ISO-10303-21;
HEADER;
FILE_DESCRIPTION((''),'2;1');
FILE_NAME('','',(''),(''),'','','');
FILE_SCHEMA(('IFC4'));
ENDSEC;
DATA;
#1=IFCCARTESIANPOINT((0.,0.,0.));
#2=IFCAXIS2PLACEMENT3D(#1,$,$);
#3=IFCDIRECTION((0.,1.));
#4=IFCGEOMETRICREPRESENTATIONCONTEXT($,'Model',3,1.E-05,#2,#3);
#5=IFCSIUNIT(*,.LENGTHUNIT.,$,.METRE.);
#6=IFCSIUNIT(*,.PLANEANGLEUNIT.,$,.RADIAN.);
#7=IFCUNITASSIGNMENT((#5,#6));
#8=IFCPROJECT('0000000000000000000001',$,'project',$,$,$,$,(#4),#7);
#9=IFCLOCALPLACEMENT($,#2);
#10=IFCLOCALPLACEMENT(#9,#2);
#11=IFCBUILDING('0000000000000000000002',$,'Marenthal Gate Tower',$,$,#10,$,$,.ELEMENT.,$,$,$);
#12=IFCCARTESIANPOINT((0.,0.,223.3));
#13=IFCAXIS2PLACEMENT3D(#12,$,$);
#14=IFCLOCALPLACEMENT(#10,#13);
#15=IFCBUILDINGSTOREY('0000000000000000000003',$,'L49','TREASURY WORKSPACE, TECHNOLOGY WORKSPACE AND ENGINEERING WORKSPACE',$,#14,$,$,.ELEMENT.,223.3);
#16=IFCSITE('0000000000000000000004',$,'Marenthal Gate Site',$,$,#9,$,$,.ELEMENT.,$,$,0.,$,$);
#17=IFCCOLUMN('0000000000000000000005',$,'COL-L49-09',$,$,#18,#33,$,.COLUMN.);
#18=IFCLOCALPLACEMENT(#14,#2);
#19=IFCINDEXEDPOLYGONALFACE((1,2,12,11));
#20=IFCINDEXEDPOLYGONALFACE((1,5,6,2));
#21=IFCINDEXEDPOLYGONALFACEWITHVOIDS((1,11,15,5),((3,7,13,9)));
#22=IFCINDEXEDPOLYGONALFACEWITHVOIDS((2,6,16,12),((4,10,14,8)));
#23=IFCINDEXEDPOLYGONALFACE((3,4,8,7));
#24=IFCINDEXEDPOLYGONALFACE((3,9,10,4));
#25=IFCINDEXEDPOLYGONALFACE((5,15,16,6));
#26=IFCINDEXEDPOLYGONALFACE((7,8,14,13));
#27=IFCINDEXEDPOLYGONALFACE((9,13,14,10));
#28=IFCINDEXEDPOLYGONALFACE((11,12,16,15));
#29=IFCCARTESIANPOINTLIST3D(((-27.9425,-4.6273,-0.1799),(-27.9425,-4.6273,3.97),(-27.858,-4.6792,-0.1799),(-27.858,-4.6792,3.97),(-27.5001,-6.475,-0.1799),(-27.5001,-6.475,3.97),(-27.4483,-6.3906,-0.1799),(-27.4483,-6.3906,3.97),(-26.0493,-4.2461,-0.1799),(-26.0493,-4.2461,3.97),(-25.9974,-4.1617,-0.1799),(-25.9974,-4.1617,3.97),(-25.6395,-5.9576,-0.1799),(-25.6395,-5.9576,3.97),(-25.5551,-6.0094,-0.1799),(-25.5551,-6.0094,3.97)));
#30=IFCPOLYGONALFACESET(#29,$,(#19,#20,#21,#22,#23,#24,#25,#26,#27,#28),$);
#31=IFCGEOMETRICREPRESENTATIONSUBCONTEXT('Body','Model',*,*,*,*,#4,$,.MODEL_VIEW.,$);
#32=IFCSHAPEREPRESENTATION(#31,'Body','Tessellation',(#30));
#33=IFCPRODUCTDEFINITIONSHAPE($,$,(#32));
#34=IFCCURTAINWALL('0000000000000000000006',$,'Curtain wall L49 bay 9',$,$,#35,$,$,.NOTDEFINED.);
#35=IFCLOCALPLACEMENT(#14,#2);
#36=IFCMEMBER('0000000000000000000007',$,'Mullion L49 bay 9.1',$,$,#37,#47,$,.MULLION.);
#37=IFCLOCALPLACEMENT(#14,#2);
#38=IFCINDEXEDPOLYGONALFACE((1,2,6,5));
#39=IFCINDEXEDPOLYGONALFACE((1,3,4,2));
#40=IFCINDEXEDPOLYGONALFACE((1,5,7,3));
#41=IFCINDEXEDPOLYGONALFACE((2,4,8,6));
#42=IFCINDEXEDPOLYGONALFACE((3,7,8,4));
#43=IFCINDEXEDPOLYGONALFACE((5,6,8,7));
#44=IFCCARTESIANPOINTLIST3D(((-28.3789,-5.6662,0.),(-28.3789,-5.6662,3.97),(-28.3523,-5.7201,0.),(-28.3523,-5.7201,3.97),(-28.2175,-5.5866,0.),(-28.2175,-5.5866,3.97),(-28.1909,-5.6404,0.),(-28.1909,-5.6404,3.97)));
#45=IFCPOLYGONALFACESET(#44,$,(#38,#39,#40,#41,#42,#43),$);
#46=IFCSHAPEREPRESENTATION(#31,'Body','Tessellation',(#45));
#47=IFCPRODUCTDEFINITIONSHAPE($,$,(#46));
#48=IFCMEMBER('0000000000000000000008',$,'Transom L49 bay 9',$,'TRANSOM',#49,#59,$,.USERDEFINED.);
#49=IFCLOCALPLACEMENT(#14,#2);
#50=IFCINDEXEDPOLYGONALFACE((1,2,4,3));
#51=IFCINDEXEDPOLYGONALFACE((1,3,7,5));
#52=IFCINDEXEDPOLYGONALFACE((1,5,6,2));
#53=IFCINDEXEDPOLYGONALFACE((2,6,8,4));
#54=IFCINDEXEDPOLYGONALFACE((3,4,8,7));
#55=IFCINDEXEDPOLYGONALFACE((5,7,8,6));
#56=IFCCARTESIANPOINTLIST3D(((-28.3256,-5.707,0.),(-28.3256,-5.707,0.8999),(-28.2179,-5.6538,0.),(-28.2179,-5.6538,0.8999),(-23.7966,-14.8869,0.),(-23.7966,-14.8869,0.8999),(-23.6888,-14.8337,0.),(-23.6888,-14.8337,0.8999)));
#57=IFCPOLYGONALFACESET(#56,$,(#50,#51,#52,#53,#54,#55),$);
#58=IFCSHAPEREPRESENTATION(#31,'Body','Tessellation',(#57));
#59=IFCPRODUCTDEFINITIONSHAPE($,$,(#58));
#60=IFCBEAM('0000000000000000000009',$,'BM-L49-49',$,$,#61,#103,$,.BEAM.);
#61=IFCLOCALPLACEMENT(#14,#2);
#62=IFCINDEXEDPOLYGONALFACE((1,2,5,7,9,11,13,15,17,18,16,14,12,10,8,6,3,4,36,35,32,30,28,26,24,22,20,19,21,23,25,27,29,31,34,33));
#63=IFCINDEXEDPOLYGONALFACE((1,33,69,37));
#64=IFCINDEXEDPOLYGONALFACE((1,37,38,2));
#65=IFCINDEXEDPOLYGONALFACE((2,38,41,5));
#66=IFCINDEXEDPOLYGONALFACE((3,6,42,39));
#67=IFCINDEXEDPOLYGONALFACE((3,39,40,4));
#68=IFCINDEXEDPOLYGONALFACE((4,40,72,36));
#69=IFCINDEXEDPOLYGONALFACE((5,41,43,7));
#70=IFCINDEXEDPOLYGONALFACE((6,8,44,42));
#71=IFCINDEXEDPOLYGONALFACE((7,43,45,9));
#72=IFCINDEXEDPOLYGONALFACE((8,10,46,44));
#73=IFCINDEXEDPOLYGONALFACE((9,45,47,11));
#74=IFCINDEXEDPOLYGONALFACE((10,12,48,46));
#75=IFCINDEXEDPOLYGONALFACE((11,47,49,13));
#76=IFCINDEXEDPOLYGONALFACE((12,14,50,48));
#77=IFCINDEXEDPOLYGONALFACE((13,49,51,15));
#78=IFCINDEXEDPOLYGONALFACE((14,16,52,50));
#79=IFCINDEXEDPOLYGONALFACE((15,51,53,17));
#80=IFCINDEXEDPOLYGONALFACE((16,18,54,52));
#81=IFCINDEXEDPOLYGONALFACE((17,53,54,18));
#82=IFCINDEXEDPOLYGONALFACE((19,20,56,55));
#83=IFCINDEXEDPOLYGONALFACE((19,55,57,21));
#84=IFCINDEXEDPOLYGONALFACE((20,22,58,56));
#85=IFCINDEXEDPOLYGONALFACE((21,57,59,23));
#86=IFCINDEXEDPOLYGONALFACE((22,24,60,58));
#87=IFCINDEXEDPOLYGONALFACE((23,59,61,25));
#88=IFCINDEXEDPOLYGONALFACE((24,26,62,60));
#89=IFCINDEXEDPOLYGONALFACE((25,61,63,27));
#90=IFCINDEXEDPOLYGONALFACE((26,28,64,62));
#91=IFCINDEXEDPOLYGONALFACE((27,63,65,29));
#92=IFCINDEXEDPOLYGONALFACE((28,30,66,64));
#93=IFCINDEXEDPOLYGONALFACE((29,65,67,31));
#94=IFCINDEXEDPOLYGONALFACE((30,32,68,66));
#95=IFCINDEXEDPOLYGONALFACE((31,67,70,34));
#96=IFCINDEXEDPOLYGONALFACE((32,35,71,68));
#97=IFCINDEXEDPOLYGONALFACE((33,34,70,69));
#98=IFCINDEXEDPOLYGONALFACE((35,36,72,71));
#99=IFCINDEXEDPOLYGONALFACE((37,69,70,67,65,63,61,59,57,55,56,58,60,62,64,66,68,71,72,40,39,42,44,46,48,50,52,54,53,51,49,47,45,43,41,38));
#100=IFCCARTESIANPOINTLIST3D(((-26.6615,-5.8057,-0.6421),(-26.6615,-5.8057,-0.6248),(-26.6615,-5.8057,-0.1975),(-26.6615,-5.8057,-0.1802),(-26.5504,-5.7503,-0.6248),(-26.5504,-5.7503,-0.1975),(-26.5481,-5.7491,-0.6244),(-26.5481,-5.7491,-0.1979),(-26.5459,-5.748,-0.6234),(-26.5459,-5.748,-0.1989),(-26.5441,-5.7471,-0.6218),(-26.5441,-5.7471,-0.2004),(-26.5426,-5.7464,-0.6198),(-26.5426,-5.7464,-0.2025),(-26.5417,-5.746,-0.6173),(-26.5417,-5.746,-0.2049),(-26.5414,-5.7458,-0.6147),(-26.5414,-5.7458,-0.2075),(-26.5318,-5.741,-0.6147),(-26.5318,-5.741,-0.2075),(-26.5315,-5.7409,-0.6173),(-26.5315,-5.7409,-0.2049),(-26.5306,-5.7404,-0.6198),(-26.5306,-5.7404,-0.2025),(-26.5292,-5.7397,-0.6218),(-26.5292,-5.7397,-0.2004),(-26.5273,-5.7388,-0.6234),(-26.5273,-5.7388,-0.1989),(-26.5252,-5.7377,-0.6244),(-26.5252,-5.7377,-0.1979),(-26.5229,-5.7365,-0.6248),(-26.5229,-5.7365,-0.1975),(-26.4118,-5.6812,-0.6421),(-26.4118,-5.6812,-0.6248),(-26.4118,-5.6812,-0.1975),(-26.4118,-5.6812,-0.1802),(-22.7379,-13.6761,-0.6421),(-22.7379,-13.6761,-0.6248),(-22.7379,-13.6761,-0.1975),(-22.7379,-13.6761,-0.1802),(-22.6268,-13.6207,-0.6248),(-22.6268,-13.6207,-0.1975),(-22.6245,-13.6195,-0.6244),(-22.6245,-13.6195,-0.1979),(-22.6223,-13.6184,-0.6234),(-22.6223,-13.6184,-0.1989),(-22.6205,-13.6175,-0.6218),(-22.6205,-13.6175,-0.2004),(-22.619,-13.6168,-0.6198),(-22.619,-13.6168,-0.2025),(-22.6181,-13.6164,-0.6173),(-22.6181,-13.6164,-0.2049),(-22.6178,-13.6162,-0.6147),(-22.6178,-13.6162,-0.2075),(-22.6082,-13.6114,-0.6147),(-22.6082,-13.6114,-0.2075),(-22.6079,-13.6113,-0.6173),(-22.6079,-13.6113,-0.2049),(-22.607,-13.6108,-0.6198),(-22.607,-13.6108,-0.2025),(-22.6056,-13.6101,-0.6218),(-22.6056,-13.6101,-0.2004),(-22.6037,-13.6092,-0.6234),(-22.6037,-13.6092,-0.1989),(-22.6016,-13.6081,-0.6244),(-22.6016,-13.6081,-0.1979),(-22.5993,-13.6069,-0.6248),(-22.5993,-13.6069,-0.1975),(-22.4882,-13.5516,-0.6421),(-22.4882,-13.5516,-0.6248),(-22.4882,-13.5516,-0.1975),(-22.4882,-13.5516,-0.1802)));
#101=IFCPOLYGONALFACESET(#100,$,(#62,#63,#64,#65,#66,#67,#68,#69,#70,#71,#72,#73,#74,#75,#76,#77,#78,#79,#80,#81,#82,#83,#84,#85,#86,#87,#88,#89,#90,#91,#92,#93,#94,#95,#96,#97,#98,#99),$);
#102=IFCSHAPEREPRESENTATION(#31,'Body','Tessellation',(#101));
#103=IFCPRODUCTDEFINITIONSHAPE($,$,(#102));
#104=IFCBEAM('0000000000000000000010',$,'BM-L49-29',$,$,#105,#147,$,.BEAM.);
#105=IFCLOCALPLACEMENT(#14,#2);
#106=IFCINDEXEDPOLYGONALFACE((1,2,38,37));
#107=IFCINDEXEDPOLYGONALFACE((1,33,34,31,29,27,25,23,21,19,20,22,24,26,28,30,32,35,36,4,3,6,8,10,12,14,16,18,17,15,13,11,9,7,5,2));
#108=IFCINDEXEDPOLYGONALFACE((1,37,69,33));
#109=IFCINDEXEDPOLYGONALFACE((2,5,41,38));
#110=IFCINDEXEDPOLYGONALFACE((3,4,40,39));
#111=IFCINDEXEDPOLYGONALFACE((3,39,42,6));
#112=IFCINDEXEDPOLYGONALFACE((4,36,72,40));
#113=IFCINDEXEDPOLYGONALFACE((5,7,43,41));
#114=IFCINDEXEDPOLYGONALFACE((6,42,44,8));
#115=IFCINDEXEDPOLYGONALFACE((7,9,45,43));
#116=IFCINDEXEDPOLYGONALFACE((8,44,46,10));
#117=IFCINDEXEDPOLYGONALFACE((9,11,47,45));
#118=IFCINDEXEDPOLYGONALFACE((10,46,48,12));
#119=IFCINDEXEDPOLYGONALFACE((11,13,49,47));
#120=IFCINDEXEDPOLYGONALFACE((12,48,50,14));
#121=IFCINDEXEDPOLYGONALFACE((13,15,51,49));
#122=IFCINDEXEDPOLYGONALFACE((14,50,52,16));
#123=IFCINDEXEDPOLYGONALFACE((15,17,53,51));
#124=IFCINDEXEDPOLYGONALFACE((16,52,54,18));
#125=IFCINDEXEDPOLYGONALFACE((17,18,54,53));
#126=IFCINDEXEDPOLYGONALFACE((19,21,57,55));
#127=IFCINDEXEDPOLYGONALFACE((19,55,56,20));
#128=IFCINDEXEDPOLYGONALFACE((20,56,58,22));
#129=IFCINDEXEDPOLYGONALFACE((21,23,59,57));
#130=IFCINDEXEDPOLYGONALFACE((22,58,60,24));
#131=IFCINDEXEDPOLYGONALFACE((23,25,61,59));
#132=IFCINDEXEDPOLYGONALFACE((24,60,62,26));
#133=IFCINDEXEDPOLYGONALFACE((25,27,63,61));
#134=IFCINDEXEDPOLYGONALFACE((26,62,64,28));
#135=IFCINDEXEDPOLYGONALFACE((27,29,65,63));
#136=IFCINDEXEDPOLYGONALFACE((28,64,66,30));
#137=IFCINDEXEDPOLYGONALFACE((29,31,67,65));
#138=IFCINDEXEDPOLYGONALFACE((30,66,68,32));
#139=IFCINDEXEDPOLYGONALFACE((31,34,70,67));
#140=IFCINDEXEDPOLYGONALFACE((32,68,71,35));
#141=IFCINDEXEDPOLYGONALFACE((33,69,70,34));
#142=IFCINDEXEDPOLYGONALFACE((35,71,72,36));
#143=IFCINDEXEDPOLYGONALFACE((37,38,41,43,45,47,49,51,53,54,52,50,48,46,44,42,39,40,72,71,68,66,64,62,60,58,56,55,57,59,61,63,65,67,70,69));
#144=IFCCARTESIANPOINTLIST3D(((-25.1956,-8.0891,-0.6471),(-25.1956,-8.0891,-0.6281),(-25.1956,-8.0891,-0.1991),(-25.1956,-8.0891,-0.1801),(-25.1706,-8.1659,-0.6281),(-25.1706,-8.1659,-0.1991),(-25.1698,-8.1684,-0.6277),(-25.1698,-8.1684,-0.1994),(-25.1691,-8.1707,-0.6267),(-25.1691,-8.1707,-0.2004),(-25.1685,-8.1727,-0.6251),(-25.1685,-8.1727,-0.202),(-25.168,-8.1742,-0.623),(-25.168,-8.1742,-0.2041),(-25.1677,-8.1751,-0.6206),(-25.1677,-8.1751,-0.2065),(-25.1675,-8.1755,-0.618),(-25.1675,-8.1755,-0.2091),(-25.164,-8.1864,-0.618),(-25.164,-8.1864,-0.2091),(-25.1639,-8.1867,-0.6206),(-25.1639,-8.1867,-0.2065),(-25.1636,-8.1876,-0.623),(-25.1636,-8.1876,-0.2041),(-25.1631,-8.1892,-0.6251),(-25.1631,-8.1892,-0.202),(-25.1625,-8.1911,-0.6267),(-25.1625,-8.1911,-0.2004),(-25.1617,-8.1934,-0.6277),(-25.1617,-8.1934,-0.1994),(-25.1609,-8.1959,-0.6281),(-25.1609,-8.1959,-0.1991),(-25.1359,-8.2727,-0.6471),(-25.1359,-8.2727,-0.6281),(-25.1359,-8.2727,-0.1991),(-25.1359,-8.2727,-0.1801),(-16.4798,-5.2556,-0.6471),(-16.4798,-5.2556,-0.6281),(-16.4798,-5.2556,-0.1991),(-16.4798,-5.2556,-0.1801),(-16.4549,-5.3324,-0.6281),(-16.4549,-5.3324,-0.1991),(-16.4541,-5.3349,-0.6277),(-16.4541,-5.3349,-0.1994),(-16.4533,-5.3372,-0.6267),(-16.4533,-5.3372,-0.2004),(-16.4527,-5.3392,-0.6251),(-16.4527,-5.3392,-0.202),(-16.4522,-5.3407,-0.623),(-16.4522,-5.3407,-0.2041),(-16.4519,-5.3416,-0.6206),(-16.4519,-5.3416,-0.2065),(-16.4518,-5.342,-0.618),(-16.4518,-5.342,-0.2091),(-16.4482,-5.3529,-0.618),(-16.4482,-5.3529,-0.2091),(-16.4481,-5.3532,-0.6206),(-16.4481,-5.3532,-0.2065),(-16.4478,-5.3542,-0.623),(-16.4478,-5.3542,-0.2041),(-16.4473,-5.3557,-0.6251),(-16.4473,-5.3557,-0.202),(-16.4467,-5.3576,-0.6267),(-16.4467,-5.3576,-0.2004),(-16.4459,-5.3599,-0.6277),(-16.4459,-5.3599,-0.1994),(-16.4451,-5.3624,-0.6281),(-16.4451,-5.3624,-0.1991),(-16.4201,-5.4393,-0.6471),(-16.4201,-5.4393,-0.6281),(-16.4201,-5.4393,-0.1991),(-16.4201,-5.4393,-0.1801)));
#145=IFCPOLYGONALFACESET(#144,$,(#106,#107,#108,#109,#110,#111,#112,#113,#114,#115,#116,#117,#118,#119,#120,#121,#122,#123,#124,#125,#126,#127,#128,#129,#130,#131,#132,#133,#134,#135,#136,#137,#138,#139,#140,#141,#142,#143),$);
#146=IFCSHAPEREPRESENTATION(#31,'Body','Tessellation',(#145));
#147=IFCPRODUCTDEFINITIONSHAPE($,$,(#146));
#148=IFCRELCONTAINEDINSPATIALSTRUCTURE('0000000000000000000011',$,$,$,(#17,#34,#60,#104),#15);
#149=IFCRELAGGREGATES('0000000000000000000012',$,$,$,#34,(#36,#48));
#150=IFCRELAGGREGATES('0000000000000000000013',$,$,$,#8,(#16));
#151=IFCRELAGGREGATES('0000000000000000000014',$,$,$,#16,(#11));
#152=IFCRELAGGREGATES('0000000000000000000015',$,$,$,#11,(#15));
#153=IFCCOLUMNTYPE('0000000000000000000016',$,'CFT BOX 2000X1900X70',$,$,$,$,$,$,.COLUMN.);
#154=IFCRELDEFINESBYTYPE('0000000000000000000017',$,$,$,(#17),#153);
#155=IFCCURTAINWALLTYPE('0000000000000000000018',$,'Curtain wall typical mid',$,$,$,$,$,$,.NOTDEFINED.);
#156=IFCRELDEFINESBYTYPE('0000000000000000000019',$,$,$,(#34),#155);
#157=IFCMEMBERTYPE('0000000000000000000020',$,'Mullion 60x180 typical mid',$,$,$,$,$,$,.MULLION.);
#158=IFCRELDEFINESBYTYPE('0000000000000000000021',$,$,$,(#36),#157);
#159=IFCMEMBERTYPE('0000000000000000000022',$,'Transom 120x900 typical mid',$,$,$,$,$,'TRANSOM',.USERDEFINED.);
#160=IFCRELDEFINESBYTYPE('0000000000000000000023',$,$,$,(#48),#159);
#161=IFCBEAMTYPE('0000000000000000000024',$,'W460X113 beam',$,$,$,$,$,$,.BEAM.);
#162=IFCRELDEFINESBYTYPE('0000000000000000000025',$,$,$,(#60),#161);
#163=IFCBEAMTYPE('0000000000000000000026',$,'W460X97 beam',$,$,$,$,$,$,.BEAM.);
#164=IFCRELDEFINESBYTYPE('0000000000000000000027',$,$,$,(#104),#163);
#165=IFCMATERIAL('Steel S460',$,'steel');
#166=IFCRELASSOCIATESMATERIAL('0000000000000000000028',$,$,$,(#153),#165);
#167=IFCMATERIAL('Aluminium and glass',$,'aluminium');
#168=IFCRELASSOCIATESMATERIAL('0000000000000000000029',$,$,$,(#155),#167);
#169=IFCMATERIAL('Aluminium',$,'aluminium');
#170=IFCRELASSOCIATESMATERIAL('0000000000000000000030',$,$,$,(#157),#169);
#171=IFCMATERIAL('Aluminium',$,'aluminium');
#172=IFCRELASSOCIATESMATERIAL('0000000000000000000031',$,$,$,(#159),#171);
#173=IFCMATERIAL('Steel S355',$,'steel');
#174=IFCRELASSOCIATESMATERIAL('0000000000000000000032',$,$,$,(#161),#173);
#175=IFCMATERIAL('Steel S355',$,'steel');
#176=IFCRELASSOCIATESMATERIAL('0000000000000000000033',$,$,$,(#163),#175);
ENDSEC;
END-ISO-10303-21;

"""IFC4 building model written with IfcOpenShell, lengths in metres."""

from ifc_helpers import new_model, si_unit, direction, frame, origin, origin_2d, place, context, subcontext, project, spatial, rectangle, hollow_rectangle, i_section, extrude, material, material_profile, profile_set, type_object, element, aggregate, save


model = new_model("IFC4")

# Units and contexts
model_context = context("Model", 3, precision=1e-05, world=origin(), true_north=direction((0.0, 1.0)))
body_context = subcontext(model_context, "Body", "Model", "MODEL_VIEW")
ifc_project = project(units=[si_unit("LENGTHUNIT", "METRE"), si_unit("PLANEANGLEUNIT", "RADIAN")], contexts=[model_context])

# Site, building, storey
site_placement = place(None, origin())
site = spatial("IfcSite", under=ifc_project, at=site_placement, Name="Marenthal Gate Site", CompositionType="ELEMENT", RefElevation=0.0)
building_placement = place(site_placement, origin())
building = spatial("IfcBuilding", under=site, at=building_placement, Name="Marenthal Gate Tower", CompositionType="ELEMENT")
storey_placement = place(building_placement, frame((0.0, 0.0, 223.3)))
storey = spatial("IfcBuildingStorey", under=building, at=storey_placement, Name="L49", Description="TREASURY WORKSPACE, TECHNOLOGY WORKSPACE AND ENGINEERING WORKSPACE", CompositionType="ELEMENT", Elevation=223.3)

# Column
ifc_material_1 = material(Name="Steel S460", Category="steel")
ifc_material_profile_1 = material_profile(ifc_material_1, hollow_rectangle(XDim=1.8999, YDim=2.0, WallThickness=0.0701, at=origin_2d()), Name="CFT BOX 2000X1900X70")
ifc_material_2 = material(Name="Concrete 70 MPa", Category="concrete")
ifc_material_profile_2 = material_profile(ifc_material_2, rectangle(XDim=1.76, YDim=1.8601, at=origin_2d()), Name="CFT BOX 2000X1900X70 INFILL")
ifc_profile_set_1 = profile_set([ifc_material_profile_1, ifc_material_profile_2], Name="Steel S460 shell, Concrete 70 MPa infill")
column_type = type_object("IfcColumnType", Name="CFT BOX 2000X1900X70", PredefinedType="COLUMN", material=ifc_profile_set_1)
column_placement = place(storey_placement, frame((-26.7488, -5.3184, -0.1799), z_axis=(0.0, 0.0, 1.0), x_axis=(-0.232822, 0.972519, 0.0)))
element("IfcColumn", 1, at=column_placement, inside=storey, type_object=column_type, Name="COL-L49-09", PredefinedType="COLUMN", context=body_context, shape_type="SweptSolid", body=[
    extrude(hollow_rectangle(XDim=1.8999, YDim=2.0, WallThickness=0.0701, at=origin_2d()), origin(), (0.0, 0.0, 1.0), 4.1499),
])

# Curtain wall, members
ifc_material_3 = material(Name="Aluminium and glass", Category="aluminium")
curtain_wall_type = type_object("IfcCurtainWallType", Name="Curtain wall typical mid", PredefinedType="NOTDEFINED", material=ifc_material_3)
curtain_wall_placement = place(storey_placement, origin())
curtain_wall = element("IfcCurtainWall", 2, at=curtain_wall_placement, inside=storey, type_object=curtain_wall_type, Name="Curtain wall L49 bay 9", PredefinedType="NOTDEFINED")
ifc_material_4 = material(Name="Aluminium", Category="aluminium")
ifc_material_profile_3 = material_profile(ifc_material_4, rectangle(XDim=0.1799, YDim=0.0601, at=origin_2d()), Name="60x180 aluminium mullion")
ifc_profile_set_2 = profile_set([ifc_material_profile_3], Name="Aluminium")
member_type_1 = type_object("IfcMemberType", Name="Mullion 60x180 typical mid", PredefinedType="MULLION", material=ifc_profile_set_2)
member_1_placement = place(storey_placement, frame((-28.2849, -5.6533, 0.0), z_axis=(0.0, 0.0, 1.0), x_axis=(0.896798, 0.442441, 0.0)))
member_1 = element("IfcMember", 3, at=member_1_placement, type_object=member_type_1, Name="Mullion L49 bay 9.1", PredefinedType="MULLION", context=body_context, shape_type="SweptSolid", body=[
    extrude(rectangle(XDim=0.1799, YDim=0.0601, at=origin_2d()), origin(), (0.0, 0.0, 1.0), 3.97),
])
ifc_material_5 = material(Name="Aluminium", Category="aluminium")
ifc_material_profile_4 = material_profile(ifc_material_5, rectangle(XDim=0.1201, YDim=0.8999, at=origin_2d()), Name="120x900 aluminium transom")
ifc_profile_set_3 = profile_set([ifc_material_profile_4], Name="Aluminium")
member_type_2 = type_object("IfcMemberType", Name="Transom 120x900 typical mid", ElementType="TRANSOM", PredefinedType="USERDEFINED", material=ifc_profile_set_3)
member_2_placement = place(storey_placement, frame((-28.2717, -5.6804, 0.45), z_axis=(0.442447, -0.896795, 0.0), x_axis=(0.896795, 0.442447, 0.0)))
member_2 = element("IfcMember", 4, at=member_2_placement, type_object=member_type_2, Name="Transom L49 bay 9", ObjectType="TRANSOM", PredefinedType="USERDEFINED", context=body_context, shape_type="SweptSolid", body=[
    extrude(rectangle(XDim=0.1201, YDim=0.8999, at=origin_2d()), origin(), (0.0, 0.0, 1.0), 10.2363),
])

# Beams
ifc_material_6 = material(Name="Steel S355", Category="steel")
ifc_material_profile_5 = material_profile(ifc_material_6, i_section(OverallWidth=0.2791, OverallDepth=0.4619, WebThickness=0.0107, FlangeThickness=0.0173, FilletRadius=0.01, at=origin_2d()), Name="W460X113")
ifc_profile_set_4 = profile_set([ifc_material_profile_5], Name="Steel S355")
beam_type_1 = type_object("IfcBeamType", Name="W460X113 beam", PredefinedType="BEAM", material=ifc_profile_set_4)
beam_1_placement = place(storey_placement, frame((-26.5366, -5.7434, -0.4111), z_axis=(0.446158, -0.894954, 0.0), x_axis=(0.894954, 0.446158, 0.0)))
element("IfcBeam", 5, at=beam_1_placement, inside=storey, type_object=beam_type_1, Name="BM-L49-49", PredefinedType="BEAM", context=body_context, shape_type="SweptSolid", body=[
    extrude(i_section(OverallWidth=0.2791, OverallDepth=0.4619, WebThickness=0.0107, FlangeThickness=0.0173, FilletRadius=0.01, at=origin_2d()), origin(), (0.0, 0.0, 1.0), 8.7942),
])
ifc_material_7 = material(Name="Steel S355", Category="steel")
ifc_material_profile_6 = material_profile(ifc_material_7, i_section(OverallWidth=0.1931, OverallDepth=0.467, WebThickness=0.0115, FlangeThickness=0.019, FilletRadius=0.01, at=origin_2d()), Name="W460X97")
ifc_profile_set_5 = profile_set([ifc_material_profile_6], Name="Steel S355")
beam_type_2 = type_object("IfcBeamType", Name="W460X97 beam", PredefinedType="BEAM", material=ifc_profile_set_5)
beam_2_placement = place(storey_placement, frame((-25.1658, -8.1809, -0.4136), z_axis=(0.951007, 0.30917, 0.0), x_axis=(-0.30917, 0.951007, 0.0)))
element("IfcBeam", 6, at=beam_2_placement, inside=storey, type_object=beam_type_2, Name="BM-L49-29", PredefinedType="BEAM", context=body_context, shape_type="SweptSolid", body=[
    extrude(i_section(OverallWidth=0.1931, OverallDepth=0.467, WebThickness=0.0115, FlangeThickness=0.019, FilletRadius=0.01, at=origin_2d()), origin(), (0.0, 0.0, 1.0), 9.1648),
])

aggregate(curtain_wall, [member_1, member_2])

save(model, "model.ifc")
